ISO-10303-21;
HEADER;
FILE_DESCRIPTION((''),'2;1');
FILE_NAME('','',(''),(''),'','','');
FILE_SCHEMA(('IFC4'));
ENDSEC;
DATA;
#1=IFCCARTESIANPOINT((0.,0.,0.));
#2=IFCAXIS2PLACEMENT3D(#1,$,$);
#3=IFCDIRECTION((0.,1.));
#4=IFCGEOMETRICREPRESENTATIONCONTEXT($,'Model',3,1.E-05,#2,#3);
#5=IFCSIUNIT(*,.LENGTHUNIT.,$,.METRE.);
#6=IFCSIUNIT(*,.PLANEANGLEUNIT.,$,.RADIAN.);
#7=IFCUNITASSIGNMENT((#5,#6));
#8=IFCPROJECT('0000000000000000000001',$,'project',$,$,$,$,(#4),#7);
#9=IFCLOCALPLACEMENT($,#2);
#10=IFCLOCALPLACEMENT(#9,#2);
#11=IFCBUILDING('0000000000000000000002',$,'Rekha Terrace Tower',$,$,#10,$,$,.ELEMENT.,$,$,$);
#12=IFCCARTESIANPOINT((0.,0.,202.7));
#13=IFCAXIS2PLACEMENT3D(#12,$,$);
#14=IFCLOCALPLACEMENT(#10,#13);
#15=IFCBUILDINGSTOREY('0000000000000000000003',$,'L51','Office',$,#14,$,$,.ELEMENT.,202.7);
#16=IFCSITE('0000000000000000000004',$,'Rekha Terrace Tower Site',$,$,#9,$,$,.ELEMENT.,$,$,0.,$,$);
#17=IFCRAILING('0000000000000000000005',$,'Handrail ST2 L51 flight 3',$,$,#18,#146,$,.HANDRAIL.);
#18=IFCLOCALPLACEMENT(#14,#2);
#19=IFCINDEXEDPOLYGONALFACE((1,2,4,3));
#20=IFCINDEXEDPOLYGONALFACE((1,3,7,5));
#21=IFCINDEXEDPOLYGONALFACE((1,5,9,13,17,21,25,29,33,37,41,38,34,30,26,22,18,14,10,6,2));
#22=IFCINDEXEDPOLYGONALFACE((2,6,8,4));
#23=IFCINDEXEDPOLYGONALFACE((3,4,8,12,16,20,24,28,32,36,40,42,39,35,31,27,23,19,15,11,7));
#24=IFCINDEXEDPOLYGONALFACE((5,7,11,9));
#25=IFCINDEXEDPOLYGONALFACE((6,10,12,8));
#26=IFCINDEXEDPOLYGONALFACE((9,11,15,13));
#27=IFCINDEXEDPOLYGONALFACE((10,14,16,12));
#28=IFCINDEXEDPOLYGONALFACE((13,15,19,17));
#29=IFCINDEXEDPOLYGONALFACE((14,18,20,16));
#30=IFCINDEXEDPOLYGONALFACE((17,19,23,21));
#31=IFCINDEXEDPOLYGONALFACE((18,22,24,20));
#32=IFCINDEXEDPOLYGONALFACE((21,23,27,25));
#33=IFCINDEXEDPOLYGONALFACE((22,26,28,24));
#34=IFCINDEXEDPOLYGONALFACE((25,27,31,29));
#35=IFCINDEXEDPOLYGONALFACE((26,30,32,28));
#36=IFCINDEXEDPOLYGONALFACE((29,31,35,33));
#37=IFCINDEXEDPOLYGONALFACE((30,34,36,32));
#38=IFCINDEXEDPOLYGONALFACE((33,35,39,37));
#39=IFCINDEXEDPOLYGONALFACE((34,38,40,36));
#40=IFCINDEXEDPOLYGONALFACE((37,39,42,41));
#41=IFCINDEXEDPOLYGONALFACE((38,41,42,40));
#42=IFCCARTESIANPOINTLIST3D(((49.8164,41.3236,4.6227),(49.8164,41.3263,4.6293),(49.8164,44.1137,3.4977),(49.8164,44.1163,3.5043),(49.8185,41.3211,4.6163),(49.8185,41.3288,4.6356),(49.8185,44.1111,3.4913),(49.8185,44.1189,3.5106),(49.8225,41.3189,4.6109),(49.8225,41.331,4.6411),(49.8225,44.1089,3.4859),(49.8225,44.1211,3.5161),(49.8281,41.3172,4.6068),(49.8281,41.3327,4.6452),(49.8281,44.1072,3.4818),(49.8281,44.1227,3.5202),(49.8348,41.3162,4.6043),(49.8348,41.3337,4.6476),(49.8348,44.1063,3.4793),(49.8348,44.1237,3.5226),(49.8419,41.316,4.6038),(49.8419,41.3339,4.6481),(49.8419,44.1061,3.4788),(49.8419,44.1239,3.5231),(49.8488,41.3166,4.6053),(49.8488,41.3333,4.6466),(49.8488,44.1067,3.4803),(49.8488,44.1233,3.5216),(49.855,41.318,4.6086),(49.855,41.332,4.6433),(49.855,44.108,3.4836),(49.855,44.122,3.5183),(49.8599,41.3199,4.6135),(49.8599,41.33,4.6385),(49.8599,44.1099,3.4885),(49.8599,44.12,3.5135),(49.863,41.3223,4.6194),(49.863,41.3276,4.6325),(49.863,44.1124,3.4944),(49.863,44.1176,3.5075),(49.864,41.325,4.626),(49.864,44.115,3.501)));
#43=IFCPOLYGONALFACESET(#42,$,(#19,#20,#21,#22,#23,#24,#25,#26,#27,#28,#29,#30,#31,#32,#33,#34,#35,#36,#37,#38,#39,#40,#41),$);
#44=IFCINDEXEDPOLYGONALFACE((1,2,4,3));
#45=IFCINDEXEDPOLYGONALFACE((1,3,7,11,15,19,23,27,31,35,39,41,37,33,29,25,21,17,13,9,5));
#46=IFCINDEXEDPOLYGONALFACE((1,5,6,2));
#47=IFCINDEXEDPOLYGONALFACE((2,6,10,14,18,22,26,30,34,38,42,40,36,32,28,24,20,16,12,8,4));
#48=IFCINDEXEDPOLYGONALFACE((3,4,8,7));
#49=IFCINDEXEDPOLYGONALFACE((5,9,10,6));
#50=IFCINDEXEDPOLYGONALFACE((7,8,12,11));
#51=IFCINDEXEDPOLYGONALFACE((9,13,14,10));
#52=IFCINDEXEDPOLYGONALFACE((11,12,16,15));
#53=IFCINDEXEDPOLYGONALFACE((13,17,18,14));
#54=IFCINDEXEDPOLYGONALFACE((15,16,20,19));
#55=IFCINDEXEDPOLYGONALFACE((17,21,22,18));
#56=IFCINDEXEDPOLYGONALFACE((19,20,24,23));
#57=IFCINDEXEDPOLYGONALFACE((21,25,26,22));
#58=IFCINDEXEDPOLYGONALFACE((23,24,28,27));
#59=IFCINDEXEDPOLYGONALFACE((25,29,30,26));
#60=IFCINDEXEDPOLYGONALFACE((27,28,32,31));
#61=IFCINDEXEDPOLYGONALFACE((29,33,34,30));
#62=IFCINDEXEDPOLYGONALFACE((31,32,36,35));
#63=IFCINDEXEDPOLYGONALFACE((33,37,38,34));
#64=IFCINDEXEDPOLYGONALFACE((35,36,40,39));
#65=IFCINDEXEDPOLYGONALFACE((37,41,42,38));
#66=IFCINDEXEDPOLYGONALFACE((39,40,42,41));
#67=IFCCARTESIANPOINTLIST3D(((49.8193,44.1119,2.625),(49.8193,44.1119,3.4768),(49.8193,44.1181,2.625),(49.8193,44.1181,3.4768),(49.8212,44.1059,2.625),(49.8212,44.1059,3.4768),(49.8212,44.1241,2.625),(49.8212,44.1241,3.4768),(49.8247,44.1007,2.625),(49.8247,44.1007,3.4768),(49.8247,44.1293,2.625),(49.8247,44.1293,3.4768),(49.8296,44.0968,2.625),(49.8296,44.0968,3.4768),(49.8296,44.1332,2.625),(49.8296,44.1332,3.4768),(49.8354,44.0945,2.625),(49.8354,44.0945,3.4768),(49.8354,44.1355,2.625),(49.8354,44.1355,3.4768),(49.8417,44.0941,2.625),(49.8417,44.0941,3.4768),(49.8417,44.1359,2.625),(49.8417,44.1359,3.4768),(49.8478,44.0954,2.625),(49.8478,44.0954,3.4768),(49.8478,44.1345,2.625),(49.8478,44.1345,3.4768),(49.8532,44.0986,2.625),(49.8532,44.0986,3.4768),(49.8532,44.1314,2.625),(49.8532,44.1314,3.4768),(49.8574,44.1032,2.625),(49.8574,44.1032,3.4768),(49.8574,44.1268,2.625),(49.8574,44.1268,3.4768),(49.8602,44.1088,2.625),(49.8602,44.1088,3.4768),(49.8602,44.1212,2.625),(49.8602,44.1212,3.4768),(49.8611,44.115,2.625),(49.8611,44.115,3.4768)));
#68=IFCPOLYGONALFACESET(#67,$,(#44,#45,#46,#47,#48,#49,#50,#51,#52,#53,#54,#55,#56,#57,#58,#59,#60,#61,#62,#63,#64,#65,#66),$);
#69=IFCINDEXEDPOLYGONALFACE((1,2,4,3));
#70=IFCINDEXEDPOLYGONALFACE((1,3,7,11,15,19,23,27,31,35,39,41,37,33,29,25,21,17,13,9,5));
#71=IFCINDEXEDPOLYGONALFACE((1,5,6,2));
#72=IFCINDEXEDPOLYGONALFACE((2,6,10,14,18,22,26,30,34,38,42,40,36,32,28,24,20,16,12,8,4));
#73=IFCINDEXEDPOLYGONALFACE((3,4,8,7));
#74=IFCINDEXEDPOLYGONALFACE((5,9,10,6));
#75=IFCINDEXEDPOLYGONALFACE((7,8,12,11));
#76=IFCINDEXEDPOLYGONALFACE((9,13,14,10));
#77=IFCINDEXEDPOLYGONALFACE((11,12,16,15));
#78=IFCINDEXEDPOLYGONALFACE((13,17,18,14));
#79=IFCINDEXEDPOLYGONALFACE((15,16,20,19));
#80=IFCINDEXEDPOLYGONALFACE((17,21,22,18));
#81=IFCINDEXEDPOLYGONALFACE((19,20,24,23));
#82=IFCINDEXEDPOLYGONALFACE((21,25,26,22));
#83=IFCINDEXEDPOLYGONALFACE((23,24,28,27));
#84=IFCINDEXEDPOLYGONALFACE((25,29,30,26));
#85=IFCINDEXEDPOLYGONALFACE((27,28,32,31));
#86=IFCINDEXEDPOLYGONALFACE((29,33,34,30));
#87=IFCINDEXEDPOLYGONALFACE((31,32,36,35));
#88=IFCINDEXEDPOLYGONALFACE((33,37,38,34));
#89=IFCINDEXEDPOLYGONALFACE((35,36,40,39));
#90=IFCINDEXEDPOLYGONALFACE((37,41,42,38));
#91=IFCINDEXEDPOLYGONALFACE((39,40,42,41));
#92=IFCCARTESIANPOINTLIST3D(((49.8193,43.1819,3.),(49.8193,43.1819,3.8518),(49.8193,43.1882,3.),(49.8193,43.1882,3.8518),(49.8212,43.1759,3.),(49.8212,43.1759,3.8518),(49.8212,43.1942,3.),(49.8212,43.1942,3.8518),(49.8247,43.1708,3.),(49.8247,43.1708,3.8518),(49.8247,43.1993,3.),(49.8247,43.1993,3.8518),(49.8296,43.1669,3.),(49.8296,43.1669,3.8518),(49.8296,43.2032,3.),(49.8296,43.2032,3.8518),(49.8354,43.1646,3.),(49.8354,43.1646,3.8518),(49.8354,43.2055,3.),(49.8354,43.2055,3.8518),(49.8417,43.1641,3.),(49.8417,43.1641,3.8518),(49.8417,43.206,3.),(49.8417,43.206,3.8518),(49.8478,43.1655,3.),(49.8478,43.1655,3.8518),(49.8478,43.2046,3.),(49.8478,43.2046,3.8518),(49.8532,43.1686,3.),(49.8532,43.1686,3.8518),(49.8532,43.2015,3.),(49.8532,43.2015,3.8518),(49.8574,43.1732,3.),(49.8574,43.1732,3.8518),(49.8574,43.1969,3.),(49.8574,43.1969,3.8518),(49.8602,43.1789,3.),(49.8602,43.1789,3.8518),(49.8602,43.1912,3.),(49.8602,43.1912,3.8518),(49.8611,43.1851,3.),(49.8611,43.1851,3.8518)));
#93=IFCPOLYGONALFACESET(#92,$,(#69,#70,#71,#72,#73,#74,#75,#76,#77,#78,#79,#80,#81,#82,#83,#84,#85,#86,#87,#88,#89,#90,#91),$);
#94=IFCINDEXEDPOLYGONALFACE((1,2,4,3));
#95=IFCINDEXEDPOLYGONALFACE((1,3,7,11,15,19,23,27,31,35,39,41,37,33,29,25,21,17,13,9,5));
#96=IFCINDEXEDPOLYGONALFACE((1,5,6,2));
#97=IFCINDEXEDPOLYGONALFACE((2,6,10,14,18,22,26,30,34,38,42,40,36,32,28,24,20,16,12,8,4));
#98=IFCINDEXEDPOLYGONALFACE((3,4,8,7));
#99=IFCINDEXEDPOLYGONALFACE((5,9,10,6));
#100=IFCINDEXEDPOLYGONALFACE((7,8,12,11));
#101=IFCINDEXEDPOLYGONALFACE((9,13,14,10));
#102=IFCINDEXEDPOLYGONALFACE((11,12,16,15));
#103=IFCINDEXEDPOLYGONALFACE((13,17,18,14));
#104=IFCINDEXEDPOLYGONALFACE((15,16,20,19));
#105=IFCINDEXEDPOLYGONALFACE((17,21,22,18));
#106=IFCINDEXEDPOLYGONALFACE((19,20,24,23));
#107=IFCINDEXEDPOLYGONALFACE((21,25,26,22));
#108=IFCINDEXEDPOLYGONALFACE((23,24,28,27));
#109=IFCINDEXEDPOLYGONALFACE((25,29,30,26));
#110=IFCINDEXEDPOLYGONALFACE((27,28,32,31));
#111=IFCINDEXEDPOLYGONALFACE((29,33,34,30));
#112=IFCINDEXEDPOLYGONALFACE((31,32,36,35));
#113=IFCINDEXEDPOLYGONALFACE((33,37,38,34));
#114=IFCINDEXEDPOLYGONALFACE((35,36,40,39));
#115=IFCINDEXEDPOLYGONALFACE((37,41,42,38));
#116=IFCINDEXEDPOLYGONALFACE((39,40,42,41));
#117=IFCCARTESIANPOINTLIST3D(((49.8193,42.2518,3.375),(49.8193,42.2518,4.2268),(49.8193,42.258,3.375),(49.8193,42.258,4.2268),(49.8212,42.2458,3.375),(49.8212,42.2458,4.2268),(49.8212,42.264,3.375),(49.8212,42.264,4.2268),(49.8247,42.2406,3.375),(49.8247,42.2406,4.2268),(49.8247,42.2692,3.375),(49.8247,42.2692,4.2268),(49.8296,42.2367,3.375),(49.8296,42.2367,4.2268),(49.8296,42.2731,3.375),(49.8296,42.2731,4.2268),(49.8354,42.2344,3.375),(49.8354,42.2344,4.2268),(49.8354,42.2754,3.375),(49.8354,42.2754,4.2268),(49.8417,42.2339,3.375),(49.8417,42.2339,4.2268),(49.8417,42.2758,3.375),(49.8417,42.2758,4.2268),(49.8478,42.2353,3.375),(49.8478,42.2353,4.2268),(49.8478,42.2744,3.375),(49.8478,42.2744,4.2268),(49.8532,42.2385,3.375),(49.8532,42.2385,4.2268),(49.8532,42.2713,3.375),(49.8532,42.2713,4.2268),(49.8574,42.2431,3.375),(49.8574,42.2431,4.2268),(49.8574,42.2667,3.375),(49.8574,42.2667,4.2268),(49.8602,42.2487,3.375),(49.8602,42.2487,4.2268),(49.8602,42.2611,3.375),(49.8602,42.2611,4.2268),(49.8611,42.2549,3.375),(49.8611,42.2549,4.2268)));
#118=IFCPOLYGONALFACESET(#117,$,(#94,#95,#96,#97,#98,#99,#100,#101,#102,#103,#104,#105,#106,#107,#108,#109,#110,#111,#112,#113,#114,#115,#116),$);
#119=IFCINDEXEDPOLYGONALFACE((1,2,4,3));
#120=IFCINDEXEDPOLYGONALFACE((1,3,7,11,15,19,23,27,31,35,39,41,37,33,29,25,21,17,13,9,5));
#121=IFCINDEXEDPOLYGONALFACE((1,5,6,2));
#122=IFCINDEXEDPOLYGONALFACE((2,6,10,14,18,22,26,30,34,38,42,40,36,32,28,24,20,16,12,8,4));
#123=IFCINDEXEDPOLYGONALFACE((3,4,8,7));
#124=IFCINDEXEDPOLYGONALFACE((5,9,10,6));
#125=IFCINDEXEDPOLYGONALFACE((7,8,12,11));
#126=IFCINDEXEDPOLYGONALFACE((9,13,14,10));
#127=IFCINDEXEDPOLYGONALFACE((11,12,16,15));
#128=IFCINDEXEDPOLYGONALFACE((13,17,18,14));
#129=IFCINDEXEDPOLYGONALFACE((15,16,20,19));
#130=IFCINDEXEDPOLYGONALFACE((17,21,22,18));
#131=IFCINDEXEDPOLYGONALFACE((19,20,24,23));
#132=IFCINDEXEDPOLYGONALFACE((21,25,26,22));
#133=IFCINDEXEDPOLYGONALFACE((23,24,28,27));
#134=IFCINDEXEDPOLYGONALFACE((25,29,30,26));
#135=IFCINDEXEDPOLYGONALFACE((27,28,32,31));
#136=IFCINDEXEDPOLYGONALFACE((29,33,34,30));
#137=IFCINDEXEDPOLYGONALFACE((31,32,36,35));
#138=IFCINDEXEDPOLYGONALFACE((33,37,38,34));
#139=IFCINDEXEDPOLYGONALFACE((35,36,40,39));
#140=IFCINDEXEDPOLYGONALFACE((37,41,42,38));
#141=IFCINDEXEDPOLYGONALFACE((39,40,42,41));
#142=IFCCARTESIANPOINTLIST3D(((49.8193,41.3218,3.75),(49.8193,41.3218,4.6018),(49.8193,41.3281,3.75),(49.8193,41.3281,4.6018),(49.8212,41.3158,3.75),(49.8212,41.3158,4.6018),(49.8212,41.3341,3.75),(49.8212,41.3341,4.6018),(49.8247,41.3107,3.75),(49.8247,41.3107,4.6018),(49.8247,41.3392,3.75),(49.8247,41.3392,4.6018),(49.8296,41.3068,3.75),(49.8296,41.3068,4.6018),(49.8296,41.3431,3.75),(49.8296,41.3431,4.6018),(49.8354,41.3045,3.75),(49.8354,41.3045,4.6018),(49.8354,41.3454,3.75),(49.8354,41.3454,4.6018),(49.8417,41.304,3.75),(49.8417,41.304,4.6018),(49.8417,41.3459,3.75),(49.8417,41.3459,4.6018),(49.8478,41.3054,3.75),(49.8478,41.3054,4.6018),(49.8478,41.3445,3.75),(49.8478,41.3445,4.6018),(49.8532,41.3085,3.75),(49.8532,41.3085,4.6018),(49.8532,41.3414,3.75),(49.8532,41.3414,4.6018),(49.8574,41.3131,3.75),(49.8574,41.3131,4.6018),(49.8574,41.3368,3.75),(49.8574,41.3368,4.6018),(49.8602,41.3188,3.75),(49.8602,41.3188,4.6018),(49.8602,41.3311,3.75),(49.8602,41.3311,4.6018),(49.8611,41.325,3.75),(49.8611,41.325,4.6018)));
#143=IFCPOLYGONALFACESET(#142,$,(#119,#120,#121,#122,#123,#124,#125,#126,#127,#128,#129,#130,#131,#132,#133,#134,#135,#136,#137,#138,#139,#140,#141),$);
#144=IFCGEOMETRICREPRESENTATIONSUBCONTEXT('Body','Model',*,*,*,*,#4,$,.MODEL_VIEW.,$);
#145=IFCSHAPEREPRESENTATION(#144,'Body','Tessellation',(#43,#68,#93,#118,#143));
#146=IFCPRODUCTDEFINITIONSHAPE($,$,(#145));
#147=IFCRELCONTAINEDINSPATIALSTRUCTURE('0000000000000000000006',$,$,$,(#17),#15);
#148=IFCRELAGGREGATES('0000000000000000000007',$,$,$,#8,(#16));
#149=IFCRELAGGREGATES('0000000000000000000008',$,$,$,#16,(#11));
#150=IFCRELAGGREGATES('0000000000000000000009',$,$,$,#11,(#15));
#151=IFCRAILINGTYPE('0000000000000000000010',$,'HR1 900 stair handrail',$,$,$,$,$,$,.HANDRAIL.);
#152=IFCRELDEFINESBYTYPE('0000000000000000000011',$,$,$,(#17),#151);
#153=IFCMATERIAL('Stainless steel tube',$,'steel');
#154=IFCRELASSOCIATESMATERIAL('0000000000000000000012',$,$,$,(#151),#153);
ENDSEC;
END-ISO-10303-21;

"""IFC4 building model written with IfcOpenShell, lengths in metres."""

from ifc_helpers import new_model, si_unit, direction, frame, origin, origin_2d, place, context, subcontext, project, spatial, circle, extrude, material, type_object, element, save


model = new_model("IFC4")

# Units and contexts
model_context = context("Model", 3, precision=1e-05, world=origin(), true_north=direction((0.0, 1.0)))
body_context = subcontext(model_context, "Body", "Model", "MODEL_VIEW")
ifc_project = project(units=[si_unit("LENGTHUNIT", "METRE"), si_unit("PLANEANGLEUNIT", "RADIAN")], contexts=[model_context])

# Site, building, storey
site_placement = place(None, origin())
site = spatial("IfcSite", under=ifc_project, at=site_placement, Name="Rekha Terrace Tower Site", CompositionType="ELEMENT", RefElevation=0.0)
building_placement = place(site_placement, origin())
building = spatial("IfcBuilding", under=site, at=building_placement, Name="Rekha Terrace Tower", CompositionType="ELEMENT")
storey_placement = place(building_placement, frame((0.0, 0.0, 202.7)))
storey = spatial("IfcBuildingStorey", under=building, at=storey_placement, Name="L51", Description="Office", CompositionType="ELEMENT", Elevation=202.7)

# Railing
ifc_material_1 = material(Name="Stainless steel tube", Category="steel")
railing_type = type_object("IfcRailingType", Name="HR1 900 stair handrail", PredefinedType="HANDRAIL", material=ifc_material_1)
railing_placement = place(storey_placement, frame((49.8401, 44.115, 2.625)))
element("IfcRailing", 1, at=railing_placement, inside=storey, type_object=railing_type, Name="Handrail ST2 L51 flight 3", PredefinedType="HANDRAIL", context=body_context, shape_type="SweptSolid", body=[
    extrude(circle(Radius=0.0239, at=origin_2d()), frame((0.0, 0.0, 0.876), z_axis=(0.0, -0.927443, 0.373964), x_axis=(1.0, 0.0, 0.0)), (0.0, 0.0, 1.0), 3.0083),
    extrude(circle(Radius=0.021, at=origin_2d()), origin(), (0.0, 0.0, 1.0), 0.8518),
    extrude(circle(Radius=0.021, at=origin_2d()), frame((0.0, -0.9299, 0.375)), (0.0, 0.0, 1.0), 0.8518),
    extrude(circle(Radius=0.021, at=origin_2d()), frame((0.0, -1.8601, 0.75)), (0.0, 0.0, 1.0), 0.8518),
    extrude(circle(Radius=0.021, at=origin_2d()), frame((0.0, -2.79, 1.125)), (0.0, 0.0, 1.0), 0.8518),
])

save(model, "model.ifc")
